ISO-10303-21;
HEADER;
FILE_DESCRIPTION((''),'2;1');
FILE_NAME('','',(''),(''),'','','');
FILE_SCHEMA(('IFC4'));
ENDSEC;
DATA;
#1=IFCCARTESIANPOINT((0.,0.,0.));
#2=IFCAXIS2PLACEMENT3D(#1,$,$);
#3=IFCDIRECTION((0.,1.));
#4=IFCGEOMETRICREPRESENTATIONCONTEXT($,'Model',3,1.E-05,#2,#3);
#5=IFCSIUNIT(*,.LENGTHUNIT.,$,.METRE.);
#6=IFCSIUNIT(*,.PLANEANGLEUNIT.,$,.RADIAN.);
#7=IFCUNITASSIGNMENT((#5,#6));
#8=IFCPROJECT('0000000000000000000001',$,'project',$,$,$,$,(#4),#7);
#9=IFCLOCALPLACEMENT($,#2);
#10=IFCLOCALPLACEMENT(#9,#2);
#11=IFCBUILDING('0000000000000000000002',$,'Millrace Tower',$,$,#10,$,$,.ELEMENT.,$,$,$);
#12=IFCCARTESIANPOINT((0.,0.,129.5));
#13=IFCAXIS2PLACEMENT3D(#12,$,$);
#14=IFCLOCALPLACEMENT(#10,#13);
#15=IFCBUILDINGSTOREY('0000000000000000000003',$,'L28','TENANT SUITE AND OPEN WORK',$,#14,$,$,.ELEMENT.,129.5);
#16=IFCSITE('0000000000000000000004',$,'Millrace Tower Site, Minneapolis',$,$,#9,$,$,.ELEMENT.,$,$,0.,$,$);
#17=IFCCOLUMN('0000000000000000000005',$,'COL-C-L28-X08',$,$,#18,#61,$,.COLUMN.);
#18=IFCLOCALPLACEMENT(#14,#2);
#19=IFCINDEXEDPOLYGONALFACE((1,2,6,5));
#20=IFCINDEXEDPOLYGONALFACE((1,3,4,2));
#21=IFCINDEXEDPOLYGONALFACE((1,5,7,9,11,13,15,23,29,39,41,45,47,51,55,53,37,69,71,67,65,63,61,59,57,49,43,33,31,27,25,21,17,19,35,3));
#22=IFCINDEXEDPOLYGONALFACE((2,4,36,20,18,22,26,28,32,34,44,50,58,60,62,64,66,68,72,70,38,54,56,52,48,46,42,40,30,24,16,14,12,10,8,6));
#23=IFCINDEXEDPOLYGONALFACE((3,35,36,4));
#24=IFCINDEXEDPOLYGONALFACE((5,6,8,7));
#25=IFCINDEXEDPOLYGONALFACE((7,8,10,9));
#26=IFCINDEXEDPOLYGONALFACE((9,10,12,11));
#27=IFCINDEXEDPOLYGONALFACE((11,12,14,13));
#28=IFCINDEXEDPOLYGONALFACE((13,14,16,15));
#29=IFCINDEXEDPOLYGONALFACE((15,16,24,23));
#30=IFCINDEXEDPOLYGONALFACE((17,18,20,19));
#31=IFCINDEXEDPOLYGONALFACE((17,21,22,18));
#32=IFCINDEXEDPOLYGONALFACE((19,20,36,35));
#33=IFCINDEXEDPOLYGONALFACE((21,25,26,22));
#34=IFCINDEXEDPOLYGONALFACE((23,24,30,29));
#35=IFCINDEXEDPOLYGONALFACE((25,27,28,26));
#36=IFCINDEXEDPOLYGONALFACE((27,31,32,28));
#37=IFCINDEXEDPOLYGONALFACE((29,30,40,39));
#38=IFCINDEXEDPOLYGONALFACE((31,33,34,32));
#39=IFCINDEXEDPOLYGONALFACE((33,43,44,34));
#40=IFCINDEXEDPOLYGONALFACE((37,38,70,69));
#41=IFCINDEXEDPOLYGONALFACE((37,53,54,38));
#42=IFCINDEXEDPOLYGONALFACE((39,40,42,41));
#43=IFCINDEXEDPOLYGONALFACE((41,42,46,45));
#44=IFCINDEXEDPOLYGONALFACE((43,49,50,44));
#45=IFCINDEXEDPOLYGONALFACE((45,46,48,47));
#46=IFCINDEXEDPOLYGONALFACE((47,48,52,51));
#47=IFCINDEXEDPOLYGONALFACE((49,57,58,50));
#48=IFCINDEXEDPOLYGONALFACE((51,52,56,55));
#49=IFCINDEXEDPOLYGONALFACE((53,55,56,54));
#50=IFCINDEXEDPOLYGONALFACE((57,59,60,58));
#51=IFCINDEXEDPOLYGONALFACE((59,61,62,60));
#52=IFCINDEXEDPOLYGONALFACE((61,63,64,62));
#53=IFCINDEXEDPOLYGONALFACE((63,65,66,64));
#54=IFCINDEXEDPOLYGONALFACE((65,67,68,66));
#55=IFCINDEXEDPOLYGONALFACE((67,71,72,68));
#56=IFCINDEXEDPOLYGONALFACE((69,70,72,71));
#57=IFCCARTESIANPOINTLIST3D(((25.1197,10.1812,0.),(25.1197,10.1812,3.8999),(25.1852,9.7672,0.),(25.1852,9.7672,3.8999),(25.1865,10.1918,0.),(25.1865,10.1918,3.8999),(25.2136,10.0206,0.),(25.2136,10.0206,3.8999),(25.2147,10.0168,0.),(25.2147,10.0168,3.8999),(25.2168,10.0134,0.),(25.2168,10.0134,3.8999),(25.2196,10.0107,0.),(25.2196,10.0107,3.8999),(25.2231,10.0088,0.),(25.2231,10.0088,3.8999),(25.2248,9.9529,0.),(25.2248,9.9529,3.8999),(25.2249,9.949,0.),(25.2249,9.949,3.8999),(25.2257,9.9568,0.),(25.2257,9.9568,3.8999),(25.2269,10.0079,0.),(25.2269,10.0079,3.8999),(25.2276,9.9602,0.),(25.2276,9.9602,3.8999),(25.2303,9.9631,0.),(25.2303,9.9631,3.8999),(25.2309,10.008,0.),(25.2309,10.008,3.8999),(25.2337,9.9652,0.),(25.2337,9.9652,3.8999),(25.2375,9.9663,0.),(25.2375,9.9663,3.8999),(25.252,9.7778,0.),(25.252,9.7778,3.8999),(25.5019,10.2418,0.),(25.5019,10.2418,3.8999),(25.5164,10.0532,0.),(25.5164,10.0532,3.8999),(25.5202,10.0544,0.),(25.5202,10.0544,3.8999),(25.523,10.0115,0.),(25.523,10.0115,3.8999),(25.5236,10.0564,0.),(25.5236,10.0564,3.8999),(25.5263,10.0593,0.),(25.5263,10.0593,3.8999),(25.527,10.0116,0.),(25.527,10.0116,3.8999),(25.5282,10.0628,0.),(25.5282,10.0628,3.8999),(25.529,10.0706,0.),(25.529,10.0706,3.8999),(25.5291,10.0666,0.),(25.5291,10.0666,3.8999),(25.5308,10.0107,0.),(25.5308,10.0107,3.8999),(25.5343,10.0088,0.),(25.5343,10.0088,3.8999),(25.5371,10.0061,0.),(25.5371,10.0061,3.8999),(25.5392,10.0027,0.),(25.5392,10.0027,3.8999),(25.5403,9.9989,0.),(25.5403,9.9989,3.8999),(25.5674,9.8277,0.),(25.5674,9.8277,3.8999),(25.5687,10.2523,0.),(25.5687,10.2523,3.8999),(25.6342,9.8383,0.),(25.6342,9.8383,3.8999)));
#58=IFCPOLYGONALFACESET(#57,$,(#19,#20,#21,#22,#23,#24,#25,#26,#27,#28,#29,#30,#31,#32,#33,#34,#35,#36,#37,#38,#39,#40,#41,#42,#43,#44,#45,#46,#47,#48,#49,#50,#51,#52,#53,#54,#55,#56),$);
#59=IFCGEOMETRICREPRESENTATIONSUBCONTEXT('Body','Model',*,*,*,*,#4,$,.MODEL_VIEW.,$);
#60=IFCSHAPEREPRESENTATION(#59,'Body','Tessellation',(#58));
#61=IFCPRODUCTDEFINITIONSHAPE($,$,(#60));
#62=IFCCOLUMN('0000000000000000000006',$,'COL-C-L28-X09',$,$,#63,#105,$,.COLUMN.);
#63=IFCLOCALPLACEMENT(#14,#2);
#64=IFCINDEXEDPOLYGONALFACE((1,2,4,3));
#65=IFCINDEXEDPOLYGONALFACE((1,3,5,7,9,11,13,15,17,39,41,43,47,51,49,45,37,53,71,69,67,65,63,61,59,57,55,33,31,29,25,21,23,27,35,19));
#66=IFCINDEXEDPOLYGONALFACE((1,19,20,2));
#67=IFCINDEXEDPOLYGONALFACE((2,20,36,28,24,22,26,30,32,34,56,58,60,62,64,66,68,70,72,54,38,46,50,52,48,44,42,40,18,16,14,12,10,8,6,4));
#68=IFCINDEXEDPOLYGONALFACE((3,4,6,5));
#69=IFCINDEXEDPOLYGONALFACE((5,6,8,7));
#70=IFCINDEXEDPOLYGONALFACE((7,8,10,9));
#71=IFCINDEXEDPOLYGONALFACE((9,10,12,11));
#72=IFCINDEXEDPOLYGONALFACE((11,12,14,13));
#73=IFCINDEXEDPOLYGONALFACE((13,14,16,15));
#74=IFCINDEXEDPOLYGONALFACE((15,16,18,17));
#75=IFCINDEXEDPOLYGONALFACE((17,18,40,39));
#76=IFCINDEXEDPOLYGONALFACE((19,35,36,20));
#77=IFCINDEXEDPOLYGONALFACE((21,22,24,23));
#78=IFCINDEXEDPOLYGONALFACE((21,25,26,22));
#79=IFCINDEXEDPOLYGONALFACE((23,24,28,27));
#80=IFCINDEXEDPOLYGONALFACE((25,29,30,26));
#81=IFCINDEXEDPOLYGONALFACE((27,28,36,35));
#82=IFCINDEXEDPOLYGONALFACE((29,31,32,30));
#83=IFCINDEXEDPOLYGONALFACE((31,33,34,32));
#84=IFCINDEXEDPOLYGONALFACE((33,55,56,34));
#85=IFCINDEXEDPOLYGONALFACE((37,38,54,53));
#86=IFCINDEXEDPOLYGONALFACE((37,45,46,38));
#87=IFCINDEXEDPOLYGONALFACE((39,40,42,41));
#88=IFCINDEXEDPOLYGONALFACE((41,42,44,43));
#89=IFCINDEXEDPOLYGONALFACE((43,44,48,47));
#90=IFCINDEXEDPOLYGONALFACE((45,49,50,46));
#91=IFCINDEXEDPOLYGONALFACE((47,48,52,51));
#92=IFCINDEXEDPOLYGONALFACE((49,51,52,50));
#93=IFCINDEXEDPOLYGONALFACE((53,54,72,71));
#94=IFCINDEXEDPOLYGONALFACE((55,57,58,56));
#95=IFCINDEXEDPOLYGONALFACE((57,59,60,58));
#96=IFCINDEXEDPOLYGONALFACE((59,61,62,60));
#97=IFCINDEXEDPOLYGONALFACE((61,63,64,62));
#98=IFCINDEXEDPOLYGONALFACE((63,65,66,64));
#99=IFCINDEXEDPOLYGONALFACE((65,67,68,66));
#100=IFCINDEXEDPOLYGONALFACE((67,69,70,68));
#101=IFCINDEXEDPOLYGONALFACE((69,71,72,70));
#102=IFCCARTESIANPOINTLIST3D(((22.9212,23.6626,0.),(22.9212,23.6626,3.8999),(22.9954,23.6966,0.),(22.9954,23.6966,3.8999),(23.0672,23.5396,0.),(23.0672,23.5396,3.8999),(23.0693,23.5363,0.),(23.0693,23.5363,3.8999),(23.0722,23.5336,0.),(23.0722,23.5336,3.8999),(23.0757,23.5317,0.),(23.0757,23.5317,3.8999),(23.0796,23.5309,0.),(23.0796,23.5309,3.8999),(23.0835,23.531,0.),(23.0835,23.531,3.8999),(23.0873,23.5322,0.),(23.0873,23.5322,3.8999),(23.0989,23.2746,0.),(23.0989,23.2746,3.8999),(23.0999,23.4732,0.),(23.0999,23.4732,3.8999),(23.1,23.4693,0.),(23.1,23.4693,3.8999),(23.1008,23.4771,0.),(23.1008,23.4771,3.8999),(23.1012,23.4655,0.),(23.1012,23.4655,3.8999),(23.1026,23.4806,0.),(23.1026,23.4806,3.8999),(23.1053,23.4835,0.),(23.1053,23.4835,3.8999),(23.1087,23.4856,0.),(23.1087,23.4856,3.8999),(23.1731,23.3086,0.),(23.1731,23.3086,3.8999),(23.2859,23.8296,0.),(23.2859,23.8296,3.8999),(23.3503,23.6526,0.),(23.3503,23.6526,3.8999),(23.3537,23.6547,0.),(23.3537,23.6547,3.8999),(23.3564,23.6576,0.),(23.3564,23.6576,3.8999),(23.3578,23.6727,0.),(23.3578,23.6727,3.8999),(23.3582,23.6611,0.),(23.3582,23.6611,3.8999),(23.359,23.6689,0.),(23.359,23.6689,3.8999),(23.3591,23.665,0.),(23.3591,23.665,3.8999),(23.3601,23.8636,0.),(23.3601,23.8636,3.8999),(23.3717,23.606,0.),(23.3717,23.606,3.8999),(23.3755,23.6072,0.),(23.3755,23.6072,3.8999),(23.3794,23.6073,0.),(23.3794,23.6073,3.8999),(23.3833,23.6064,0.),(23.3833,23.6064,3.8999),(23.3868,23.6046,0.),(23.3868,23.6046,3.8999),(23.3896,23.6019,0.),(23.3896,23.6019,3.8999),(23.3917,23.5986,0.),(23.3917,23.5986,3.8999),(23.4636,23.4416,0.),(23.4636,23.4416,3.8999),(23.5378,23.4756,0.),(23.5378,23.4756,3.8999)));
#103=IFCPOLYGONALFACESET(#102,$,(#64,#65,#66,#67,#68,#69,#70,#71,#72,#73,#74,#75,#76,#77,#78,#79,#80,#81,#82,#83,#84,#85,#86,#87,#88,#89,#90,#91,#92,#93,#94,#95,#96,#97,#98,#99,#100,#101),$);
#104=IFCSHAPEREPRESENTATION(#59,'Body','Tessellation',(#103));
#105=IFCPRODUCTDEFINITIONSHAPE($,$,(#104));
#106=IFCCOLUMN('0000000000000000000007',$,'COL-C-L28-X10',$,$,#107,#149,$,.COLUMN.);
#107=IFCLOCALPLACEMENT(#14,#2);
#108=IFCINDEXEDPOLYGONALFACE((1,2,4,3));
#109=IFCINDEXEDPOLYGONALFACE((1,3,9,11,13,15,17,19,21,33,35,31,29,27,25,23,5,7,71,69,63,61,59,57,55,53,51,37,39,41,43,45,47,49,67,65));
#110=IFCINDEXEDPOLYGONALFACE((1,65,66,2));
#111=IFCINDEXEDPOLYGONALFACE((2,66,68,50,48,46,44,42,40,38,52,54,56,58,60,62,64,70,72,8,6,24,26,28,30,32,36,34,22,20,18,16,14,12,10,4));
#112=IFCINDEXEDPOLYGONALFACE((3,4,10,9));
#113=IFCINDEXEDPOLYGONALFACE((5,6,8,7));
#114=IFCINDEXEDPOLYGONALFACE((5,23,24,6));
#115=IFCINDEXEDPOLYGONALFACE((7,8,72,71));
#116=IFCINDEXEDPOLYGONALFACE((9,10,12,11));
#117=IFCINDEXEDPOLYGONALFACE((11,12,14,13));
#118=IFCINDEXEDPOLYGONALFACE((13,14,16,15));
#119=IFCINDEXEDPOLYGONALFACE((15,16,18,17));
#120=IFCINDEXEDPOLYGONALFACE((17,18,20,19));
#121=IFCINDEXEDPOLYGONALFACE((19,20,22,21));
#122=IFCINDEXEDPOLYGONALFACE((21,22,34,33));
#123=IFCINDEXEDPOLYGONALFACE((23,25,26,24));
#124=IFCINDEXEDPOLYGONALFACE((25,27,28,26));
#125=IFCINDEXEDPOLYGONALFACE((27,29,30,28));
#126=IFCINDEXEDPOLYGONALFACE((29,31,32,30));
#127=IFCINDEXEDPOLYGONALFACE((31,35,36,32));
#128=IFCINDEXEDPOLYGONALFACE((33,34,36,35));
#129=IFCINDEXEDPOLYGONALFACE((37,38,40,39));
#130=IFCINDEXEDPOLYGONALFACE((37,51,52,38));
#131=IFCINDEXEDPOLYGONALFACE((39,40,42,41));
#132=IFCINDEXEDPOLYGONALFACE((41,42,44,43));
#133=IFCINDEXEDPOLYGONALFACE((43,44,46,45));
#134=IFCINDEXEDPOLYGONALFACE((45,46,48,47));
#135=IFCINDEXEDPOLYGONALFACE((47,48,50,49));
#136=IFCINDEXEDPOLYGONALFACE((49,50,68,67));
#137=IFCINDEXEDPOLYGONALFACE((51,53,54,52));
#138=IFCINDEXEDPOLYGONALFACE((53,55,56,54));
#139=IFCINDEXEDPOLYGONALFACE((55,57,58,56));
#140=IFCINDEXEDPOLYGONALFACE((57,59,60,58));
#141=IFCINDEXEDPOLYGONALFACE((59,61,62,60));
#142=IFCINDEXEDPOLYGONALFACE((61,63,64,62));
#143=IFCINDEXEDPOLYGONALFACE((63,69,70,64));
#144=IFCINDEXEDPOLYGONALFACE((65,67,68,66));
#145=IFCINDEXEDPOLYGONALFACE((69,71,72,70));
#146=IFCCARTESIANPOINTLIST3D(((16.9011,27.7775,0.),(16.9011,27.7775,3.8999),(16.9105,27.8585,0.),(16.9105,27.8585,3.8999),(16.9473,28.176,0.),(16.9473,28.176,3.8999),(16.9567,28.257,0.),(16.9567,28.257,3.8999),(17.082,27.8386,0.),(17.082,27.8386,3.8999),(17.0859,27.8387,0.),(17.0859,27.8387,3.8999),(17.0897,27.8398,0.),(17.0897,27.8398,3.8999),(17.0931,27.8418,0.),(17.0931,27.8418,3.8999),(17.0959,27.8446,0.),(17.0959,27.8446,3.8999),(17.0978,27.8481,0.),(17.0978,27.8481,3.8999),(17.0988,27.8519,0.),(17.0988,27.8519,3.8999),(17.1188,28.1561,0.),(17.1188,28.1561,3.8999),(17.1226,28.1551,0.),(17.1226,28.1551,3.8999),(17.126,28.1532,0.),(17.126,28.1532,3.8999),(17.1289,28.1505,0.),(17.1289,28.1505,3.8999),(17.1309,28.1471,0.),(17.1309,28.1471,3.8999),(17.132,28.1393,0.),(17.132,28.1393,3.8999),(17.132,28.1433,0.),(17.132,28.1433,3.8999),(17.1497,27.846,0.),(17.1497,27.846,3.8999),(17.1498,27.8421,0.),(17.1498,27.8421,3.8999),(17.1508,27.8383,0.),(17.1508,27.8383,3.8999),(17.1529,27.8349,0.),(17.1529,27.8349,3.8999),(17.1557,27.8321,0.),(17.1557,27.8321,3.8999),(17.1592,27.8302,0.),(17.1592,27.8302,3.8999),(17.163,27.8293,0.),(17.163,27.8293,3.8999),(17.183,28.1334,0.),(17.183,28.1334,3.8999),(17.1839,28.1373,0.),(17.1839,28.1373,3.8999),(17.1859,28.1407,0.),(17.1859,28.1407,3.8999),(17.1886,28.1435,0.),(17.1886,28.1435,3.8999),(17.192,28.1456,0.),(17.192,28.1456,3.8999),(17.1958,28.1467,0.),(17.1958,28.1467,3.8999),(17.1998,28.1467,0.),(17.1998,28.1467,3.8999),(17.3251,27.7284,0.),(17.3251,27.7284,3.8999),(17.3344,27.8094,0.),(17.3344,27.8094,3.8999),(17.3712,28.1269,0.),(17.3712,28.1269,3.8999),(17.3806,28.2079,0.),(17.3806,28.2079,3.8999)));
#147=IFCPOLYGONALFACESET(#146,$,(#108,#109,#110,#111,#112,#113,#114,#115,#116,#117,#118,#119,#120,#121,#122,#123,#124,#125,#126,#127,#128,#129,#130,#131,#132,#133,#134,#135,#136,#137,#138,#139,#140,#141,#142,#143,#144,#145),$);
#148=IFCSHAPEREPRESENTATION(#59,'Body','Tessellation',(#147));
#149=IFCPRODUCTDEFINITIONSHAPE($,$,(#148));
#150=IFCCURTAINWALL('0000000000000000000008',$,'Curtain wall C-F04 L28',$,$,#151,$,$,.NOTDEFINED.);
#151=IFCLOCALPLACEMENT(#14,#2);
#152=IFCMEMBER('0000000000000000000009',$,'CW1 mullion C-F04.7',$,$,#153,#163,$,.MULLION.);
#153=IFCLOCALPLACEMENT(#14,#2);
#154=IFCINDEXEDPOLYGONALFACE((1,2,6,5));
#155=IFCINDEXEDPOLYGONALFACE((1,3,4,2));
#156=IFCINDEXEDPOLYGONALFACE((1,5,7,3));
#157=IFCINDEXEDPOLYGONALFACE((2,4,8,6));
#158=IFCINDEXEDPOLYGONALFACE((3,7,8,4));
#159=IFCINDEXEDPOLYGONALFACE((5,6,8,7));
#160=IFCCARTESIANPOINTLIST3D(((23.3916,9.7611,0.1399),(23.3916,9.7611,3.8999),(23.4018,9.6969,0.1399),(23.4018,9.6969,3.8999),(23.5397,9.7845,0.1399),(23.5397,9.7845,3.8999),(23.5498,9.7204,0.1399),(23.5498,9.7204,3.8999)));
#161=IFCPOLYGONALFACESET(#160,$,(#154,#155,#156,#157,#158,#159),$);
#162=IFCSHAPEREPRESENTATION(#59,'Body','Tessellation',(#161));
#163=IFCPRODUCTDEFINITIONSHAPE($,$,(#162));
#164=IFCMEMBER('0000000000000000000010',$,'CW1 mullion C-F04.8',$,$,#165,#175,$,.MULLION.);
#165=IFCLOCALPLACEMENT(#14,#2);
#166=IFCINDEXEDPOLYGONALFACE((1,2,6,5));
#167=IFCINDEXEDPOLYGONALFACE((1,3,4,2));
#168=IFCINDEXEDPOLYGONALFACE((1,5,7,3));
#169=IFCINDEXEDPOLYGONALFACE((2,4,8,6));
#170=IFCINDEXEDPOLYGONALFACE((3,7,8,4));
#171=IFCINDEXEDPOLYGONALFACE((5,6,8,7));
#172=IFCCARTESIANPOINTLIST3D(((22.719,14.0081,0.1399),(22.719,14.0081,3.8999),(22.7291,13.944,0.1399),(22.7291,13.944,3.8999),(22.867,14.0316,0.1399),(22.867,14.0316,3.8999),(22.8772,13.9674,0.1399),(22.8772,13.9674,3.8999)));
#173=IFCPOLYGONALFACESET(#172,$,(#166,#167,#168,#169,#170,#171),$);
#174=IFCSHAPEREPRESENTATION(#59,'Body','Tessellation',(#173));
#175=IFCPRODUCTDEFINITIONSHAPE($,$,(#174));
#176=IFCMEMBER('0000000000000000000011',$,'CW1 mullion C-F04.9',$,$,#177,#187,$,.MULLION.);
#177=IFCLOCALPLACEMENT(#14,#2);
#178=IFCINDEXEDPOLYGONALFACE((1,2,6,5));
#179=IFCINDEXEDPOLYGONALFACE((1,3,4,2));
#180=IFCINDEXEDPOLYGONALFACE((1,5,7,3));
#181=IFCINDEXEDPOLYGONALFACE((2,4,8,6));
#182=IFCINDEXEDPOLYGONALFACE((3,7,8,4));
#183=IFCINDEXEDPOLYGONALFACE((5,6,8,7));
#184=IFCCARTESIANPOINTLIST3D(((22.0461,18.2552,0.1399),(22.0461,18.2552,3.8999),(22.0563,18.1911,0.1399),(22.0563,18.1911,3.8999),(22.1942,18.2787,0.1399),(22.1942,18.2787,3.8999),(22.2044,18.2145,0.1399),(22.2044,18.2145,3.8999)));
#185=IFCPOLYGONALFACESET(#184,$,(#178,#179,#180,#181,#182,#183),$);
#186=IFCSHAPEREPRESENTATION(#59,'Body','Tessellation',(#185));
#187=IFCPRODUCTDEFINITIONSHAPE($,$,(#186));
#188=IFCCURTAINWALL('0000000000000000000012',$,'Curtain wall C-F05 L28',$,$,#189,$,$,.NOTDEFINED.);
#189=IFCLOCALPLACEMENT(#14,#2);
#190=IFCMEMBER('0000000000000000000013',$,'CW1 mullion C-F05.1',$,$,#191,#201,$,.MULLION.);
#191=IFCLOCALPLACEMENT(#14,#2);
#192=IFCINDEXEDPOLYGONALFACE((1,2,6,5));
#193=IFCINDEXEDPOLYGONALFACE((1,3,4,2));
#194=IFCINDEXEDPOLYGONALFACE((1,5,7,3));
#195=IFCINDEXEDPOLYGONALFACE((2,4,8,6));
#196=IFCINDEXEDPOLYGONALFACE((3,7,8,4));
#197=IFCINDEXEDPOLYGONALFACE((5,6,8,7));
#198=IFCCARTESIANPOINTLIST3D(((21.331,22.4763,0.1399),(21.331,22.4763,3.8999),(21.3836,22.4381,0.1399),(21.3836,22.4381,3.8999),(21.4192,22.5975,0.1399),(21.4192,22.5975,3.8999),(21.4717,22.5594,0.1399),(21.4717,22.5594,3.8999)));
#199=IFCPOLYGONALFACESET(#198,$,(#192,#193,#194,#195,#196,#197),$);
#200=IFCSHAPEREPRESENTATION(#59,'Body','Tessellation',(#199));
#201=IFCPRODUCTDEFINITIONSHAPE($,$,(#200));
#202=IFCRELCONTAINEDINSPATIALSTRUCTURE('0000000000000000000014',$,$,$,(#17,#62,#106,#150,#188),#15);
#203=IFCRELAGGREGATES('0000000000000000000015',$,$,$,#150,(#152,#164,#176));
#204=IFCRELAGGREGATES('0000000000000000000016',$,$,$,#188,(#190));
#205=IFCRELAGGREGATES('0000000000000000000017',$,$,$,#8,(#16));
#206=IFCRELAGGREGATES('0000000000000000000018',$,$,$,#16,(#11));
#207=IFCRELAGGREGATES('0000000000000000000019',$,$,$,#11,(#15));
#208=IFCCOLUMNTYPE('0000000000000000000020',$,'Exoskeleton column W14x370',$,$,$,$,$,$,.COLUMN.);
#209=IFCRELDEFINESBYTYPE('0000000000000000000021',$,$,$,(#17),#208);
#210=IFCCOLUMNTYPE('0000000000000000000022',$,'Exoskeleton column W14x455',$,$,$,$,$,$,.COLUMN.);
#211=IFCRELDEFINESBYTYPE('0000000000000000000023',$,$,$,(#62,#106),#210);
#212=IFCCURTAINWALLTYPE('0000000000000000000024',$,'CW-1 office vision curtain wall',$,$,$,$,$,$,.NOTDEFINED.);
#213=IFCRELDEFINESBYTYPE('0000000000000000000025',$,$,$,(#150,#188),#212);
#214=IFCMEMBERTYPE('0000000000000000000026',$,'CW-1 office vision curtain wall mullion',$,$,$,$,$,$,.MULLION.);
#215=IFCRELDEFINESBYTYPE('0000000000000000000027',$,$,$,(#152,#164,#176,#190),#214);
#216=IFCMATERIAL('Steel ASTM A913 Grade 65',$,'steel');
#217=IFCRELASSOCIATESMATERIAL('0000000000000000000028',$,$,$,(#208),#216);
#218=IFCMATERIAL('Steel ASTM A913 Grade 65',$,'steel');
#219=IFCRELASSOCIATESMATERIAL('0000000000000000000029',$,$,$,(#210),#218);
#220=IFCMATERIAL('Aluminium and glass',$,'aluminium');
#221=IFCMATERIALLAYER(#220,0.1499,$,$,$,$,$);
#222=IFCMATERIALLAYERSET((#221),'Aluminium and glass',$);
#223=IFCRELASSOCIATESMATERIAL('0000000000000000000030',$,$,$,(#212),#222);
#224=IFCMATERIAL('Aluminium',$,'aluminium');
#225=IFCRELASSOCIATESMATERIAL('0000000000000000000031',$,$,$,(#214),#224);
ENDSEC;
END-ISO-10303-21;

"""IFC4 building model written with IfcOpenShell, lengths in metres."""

from ifc_helpers import new_model, si_unit, direction, frame, origin, origin_2d, place, context, subcontext, project, spatial, rectangle, i_section, extrude, material, layer, layer_set, material_profile, profile_set, type_object, element, aggregate, save


model = new_model("IFC4")

# Units and contexts
model_context = context("Model", 3, precision=1e-05, world=origin(), true_north=direction((0.0, 1.0)))
body_context = subcontext(model_context, "Body", "Model", "MODEL_VIEW")
ifc_project = project(units=[si_unit("LENGTHUNIT", "METRE"), si_unit("PLANEANGLEUNIT", "RADIAN")], contexts=[model_context])

# Site, building, storey
site_placement = place(None, origin())
site = spatial("IfcSite", under=ifc_project, at=site_placement, Name="Millrace Tower Site, Minneapolis", CompositionType="ELEMENT", RefElevation=0.0)
building_placement = place(site_placement, origin())
building = spatial("IfcBuilding", under=site, at=building_placement, Name="Millrace Tower", CompositionType="ELEMENT")
storey_placement = place(building_placement, frame((0.0, 0.0, 129.5)))
storey = spatial("IfcBuildingStorey", under=building, at=storey_placement, Name="L28", Description="TENANT SUITE AND OPEN WORK", CompositionType="ELEMENT", Elevation=129.5)

# Columns
ifc_material_1 = material(Name="Steel ASTM A913 Grade 65", Category="steel")
ifc_material_profile_1 = material_profile(ifc_material_1, i_section(OverallWidth=0.4192, OverallDepth=0.4546, WebThickness=0.0422, FlangeThickness=0.0676, FilletRadius=0.0151, at=origin_2d()))
ifc_profile_set_1 = profile_set([ifc_material_profile_1], Name="Steel ASTM A913 Grade 65")
column_type_1 = type_object("IfcColumnType", Name="Exoskeleton column W14x370", PredefinedType="COLUMN", material=ifc_profile_set_1)
column_placement = place(storey_placement, frame((25.377, 10.0098, 0.0), z_axis=(0.0, 0.0, 1.0), x_axis=(-0.156434, 0.987688, 0.0)))
element("IfcColumn", 1, at=column_placement, inside=storey, type_object=column_type_1, Name="COL-C-L28-X08", PredefinedType="COLUMN", context=body_context, shape_type="SweptSolid", body=[
    extrude(i_section(OverallWidth=0.4192, OverallDepth=0.4546, WebThickness=0.0422, FlangeThickness=0.0676, FilletRadius=0.0151, at=origin_2d()), origin(), (0.0, 0.0, 1.0), 3.8999),
])
ifc_material_2 = material(Name="Steel ASTM A913 Grade 65", Category="steel")
ifc_material_profile_2 = material_profile(ifc_material_2, i_section(OverallWidth=0.4268, OverallDepth=0.4827, WebThickness=0.0513, FlangeThickness=0.0815, FilletRadius=0.0151, at=origin_2d()))
ifc_profile_set_2 = profile_set([ifc_material_profile_2], Name="Steel ASTM A913 Grade 65")
column_type_2 = type_object("IfcColumnType", Name="Exoskeleton column W14x455", PredefinedType="COLUMN", material=ifc_profile_set_2)
for number, where, z_axis, x_axis, name in (
    (2, (23.2295, 23.5691, 0.0), (0.0, 0.0, 1.0), (-0.416401, 0.909181, 0.0), "COL-C-L28-X09"),
    (3, (17.1409, 27.9927, 0.0), (0.0, 0.0, 1.0), (-0.993358, 0.115069, 0.0), "COL-C-L28-X10"),
):
    element("IfcColumn", number, at=place(storey_placement, frame(where, z_axis=z_axis, x_axis=x_axis)), inside=storey, type_object=column_type_2, Name=name, PredefinedType="COLUMN", context=body_context, shape_type="SweptSolid", body=[
        extrude(i_section(OverallWidth=0.4268, OverallDepth=0.4827, WebThickness=0.0513, FlangeThickness=0.0815, FilletRadius=0.0151, at=origin_2d()), origin(), (0.0, 0.0, 1.0), 3.8999),
    ])

# Curtain wall, members
ifc_material_3 = material(Name="Aluminium and glass", Category="aluminium")
ifc_layer_1 = layer(ifc_material_3, 0.1499)
ifc_layer_set_1 = layer_set([ifc_layer_1], Name="Aluminium and glass")
curtain_wall_type = type_object("IfcCurtainWallType", Name="CW-1 office vision curtain wall", PredefinedType="NOTDEFINED", material=ifc_layer_set_1)
placement = place(storey_placement, origin())
curtain_wall_1 = element("IfcCurtainWall", 4, at=placement, inside=storey, type_object=curtain_wall_type, Name="Curtain wall C-F04 L28", PredefinedType="NOTDEFINED")
ifc_material_4 = material(Name="Aluminium", Category="aluminium")
ifc_material_profile_3 = material_profile(ifc_material_4, rectangle(XDim=0.0649, YDim=0.1499, at=origin_2d()))
ifc_profile_set_3 = profile_set([ifc_material_profile_3], Name="Aluminium")
member_type_1 = type_object("IfcMemberType", Name="CW-1 office vision curtain wall mullion", PredefinedType="MULLION", material=ifc_profile_set_3)
member_1_placement = place(storey_placement, frame((23.4707, 9.7407, 0.1399), z_axis=(0.0, 0.0, 1.0), x_axis=(-0.156434, 0.987688, 0.0)))
member_1 = element("IfcMember", 5, at=member_1_placement, type_object=member_type_1, Name="CW1 mullion C-F04.7", PredefinedType="MULLION", context=body_context, shape_type="SweptSolid", body=[
    extrude(rectangle(XDim=0.0649, YDim=0.1499, at=origin_2d()), origin(), (0.0, 0.0, 1.0), 3.76),
])
member_2_placement = place(storey_placement, frame((22.7981, 13.9878, 0.1399), z_axis=(0.0, 0.0, 1.0), x_axis=(-0.156434, 0.987688, 0.0)))
member_2 = element("IfcMember", 6, at=member_2_placement, type_object=member_type_1, Name="CW1 mullion C-F04.8", PredefinedType="MULLION", context=body_context, shape_type="SweptSolid", body=[
    extrude(rectangle(XDim=0.0649, YDim=0.1499, at=origin_2d()), origin(), (0.0, 0.0, 1.0), 3.76),
])
member_3_placement = place(storey_placement, frame((22.1252, 18.2349, 0.1399), z_axis=(0.0, 0.0, 1.0), x_axis=(-0.156434, 0.987688, 0.0)))
member_3 = element("IfcMember", 7, at=member_3_placement, type_object=member_type_1, Name="CW1 mullion C-F04.9", PredefinedType="MULLION", context=body_context, shape_type="SweptSolid", body=[
    extrude(rectangle(XDim=0.0649, YDim=0.1499, at=origin_2d()), origin(), (0.0, 0.0, 1.0), 3.76),
])
aggregate(curtain_wall_1, [member_1, member_2, member_3])

# Curtain wall, member
curtain_wall_2 = element("IfcCurtainWall", 8, at=placement, inside=storey, type_object=curtain_wall_type, Name="Curtain wall C-F05 L28", PredefinedType="NOTDEFINED")
member_4_placement = place(storey_placement, frame((21.4014, 22.5178, 0.1399), z_axis=(0.0, 0.0, 1.0), x_axis=(-0.809017, 0.587785, 0.0)))
member_4 = element("IfcMember", 9, at=member_4_placement, type_object=member_type_1, Name="CW1 mullion C-F05.1", PredefinedType="MULLION", context=body_context, shape_type="SweptSolid", body=[
    extrude(rectangle(XDim=0.0649, YDim=0.1499, at=origin_2d()), origin(), (0.0, 0.0, 1.0), 3.76),
])

aggregate(curtain_wall_2, [member_4])

save(model, "model.ifc")
